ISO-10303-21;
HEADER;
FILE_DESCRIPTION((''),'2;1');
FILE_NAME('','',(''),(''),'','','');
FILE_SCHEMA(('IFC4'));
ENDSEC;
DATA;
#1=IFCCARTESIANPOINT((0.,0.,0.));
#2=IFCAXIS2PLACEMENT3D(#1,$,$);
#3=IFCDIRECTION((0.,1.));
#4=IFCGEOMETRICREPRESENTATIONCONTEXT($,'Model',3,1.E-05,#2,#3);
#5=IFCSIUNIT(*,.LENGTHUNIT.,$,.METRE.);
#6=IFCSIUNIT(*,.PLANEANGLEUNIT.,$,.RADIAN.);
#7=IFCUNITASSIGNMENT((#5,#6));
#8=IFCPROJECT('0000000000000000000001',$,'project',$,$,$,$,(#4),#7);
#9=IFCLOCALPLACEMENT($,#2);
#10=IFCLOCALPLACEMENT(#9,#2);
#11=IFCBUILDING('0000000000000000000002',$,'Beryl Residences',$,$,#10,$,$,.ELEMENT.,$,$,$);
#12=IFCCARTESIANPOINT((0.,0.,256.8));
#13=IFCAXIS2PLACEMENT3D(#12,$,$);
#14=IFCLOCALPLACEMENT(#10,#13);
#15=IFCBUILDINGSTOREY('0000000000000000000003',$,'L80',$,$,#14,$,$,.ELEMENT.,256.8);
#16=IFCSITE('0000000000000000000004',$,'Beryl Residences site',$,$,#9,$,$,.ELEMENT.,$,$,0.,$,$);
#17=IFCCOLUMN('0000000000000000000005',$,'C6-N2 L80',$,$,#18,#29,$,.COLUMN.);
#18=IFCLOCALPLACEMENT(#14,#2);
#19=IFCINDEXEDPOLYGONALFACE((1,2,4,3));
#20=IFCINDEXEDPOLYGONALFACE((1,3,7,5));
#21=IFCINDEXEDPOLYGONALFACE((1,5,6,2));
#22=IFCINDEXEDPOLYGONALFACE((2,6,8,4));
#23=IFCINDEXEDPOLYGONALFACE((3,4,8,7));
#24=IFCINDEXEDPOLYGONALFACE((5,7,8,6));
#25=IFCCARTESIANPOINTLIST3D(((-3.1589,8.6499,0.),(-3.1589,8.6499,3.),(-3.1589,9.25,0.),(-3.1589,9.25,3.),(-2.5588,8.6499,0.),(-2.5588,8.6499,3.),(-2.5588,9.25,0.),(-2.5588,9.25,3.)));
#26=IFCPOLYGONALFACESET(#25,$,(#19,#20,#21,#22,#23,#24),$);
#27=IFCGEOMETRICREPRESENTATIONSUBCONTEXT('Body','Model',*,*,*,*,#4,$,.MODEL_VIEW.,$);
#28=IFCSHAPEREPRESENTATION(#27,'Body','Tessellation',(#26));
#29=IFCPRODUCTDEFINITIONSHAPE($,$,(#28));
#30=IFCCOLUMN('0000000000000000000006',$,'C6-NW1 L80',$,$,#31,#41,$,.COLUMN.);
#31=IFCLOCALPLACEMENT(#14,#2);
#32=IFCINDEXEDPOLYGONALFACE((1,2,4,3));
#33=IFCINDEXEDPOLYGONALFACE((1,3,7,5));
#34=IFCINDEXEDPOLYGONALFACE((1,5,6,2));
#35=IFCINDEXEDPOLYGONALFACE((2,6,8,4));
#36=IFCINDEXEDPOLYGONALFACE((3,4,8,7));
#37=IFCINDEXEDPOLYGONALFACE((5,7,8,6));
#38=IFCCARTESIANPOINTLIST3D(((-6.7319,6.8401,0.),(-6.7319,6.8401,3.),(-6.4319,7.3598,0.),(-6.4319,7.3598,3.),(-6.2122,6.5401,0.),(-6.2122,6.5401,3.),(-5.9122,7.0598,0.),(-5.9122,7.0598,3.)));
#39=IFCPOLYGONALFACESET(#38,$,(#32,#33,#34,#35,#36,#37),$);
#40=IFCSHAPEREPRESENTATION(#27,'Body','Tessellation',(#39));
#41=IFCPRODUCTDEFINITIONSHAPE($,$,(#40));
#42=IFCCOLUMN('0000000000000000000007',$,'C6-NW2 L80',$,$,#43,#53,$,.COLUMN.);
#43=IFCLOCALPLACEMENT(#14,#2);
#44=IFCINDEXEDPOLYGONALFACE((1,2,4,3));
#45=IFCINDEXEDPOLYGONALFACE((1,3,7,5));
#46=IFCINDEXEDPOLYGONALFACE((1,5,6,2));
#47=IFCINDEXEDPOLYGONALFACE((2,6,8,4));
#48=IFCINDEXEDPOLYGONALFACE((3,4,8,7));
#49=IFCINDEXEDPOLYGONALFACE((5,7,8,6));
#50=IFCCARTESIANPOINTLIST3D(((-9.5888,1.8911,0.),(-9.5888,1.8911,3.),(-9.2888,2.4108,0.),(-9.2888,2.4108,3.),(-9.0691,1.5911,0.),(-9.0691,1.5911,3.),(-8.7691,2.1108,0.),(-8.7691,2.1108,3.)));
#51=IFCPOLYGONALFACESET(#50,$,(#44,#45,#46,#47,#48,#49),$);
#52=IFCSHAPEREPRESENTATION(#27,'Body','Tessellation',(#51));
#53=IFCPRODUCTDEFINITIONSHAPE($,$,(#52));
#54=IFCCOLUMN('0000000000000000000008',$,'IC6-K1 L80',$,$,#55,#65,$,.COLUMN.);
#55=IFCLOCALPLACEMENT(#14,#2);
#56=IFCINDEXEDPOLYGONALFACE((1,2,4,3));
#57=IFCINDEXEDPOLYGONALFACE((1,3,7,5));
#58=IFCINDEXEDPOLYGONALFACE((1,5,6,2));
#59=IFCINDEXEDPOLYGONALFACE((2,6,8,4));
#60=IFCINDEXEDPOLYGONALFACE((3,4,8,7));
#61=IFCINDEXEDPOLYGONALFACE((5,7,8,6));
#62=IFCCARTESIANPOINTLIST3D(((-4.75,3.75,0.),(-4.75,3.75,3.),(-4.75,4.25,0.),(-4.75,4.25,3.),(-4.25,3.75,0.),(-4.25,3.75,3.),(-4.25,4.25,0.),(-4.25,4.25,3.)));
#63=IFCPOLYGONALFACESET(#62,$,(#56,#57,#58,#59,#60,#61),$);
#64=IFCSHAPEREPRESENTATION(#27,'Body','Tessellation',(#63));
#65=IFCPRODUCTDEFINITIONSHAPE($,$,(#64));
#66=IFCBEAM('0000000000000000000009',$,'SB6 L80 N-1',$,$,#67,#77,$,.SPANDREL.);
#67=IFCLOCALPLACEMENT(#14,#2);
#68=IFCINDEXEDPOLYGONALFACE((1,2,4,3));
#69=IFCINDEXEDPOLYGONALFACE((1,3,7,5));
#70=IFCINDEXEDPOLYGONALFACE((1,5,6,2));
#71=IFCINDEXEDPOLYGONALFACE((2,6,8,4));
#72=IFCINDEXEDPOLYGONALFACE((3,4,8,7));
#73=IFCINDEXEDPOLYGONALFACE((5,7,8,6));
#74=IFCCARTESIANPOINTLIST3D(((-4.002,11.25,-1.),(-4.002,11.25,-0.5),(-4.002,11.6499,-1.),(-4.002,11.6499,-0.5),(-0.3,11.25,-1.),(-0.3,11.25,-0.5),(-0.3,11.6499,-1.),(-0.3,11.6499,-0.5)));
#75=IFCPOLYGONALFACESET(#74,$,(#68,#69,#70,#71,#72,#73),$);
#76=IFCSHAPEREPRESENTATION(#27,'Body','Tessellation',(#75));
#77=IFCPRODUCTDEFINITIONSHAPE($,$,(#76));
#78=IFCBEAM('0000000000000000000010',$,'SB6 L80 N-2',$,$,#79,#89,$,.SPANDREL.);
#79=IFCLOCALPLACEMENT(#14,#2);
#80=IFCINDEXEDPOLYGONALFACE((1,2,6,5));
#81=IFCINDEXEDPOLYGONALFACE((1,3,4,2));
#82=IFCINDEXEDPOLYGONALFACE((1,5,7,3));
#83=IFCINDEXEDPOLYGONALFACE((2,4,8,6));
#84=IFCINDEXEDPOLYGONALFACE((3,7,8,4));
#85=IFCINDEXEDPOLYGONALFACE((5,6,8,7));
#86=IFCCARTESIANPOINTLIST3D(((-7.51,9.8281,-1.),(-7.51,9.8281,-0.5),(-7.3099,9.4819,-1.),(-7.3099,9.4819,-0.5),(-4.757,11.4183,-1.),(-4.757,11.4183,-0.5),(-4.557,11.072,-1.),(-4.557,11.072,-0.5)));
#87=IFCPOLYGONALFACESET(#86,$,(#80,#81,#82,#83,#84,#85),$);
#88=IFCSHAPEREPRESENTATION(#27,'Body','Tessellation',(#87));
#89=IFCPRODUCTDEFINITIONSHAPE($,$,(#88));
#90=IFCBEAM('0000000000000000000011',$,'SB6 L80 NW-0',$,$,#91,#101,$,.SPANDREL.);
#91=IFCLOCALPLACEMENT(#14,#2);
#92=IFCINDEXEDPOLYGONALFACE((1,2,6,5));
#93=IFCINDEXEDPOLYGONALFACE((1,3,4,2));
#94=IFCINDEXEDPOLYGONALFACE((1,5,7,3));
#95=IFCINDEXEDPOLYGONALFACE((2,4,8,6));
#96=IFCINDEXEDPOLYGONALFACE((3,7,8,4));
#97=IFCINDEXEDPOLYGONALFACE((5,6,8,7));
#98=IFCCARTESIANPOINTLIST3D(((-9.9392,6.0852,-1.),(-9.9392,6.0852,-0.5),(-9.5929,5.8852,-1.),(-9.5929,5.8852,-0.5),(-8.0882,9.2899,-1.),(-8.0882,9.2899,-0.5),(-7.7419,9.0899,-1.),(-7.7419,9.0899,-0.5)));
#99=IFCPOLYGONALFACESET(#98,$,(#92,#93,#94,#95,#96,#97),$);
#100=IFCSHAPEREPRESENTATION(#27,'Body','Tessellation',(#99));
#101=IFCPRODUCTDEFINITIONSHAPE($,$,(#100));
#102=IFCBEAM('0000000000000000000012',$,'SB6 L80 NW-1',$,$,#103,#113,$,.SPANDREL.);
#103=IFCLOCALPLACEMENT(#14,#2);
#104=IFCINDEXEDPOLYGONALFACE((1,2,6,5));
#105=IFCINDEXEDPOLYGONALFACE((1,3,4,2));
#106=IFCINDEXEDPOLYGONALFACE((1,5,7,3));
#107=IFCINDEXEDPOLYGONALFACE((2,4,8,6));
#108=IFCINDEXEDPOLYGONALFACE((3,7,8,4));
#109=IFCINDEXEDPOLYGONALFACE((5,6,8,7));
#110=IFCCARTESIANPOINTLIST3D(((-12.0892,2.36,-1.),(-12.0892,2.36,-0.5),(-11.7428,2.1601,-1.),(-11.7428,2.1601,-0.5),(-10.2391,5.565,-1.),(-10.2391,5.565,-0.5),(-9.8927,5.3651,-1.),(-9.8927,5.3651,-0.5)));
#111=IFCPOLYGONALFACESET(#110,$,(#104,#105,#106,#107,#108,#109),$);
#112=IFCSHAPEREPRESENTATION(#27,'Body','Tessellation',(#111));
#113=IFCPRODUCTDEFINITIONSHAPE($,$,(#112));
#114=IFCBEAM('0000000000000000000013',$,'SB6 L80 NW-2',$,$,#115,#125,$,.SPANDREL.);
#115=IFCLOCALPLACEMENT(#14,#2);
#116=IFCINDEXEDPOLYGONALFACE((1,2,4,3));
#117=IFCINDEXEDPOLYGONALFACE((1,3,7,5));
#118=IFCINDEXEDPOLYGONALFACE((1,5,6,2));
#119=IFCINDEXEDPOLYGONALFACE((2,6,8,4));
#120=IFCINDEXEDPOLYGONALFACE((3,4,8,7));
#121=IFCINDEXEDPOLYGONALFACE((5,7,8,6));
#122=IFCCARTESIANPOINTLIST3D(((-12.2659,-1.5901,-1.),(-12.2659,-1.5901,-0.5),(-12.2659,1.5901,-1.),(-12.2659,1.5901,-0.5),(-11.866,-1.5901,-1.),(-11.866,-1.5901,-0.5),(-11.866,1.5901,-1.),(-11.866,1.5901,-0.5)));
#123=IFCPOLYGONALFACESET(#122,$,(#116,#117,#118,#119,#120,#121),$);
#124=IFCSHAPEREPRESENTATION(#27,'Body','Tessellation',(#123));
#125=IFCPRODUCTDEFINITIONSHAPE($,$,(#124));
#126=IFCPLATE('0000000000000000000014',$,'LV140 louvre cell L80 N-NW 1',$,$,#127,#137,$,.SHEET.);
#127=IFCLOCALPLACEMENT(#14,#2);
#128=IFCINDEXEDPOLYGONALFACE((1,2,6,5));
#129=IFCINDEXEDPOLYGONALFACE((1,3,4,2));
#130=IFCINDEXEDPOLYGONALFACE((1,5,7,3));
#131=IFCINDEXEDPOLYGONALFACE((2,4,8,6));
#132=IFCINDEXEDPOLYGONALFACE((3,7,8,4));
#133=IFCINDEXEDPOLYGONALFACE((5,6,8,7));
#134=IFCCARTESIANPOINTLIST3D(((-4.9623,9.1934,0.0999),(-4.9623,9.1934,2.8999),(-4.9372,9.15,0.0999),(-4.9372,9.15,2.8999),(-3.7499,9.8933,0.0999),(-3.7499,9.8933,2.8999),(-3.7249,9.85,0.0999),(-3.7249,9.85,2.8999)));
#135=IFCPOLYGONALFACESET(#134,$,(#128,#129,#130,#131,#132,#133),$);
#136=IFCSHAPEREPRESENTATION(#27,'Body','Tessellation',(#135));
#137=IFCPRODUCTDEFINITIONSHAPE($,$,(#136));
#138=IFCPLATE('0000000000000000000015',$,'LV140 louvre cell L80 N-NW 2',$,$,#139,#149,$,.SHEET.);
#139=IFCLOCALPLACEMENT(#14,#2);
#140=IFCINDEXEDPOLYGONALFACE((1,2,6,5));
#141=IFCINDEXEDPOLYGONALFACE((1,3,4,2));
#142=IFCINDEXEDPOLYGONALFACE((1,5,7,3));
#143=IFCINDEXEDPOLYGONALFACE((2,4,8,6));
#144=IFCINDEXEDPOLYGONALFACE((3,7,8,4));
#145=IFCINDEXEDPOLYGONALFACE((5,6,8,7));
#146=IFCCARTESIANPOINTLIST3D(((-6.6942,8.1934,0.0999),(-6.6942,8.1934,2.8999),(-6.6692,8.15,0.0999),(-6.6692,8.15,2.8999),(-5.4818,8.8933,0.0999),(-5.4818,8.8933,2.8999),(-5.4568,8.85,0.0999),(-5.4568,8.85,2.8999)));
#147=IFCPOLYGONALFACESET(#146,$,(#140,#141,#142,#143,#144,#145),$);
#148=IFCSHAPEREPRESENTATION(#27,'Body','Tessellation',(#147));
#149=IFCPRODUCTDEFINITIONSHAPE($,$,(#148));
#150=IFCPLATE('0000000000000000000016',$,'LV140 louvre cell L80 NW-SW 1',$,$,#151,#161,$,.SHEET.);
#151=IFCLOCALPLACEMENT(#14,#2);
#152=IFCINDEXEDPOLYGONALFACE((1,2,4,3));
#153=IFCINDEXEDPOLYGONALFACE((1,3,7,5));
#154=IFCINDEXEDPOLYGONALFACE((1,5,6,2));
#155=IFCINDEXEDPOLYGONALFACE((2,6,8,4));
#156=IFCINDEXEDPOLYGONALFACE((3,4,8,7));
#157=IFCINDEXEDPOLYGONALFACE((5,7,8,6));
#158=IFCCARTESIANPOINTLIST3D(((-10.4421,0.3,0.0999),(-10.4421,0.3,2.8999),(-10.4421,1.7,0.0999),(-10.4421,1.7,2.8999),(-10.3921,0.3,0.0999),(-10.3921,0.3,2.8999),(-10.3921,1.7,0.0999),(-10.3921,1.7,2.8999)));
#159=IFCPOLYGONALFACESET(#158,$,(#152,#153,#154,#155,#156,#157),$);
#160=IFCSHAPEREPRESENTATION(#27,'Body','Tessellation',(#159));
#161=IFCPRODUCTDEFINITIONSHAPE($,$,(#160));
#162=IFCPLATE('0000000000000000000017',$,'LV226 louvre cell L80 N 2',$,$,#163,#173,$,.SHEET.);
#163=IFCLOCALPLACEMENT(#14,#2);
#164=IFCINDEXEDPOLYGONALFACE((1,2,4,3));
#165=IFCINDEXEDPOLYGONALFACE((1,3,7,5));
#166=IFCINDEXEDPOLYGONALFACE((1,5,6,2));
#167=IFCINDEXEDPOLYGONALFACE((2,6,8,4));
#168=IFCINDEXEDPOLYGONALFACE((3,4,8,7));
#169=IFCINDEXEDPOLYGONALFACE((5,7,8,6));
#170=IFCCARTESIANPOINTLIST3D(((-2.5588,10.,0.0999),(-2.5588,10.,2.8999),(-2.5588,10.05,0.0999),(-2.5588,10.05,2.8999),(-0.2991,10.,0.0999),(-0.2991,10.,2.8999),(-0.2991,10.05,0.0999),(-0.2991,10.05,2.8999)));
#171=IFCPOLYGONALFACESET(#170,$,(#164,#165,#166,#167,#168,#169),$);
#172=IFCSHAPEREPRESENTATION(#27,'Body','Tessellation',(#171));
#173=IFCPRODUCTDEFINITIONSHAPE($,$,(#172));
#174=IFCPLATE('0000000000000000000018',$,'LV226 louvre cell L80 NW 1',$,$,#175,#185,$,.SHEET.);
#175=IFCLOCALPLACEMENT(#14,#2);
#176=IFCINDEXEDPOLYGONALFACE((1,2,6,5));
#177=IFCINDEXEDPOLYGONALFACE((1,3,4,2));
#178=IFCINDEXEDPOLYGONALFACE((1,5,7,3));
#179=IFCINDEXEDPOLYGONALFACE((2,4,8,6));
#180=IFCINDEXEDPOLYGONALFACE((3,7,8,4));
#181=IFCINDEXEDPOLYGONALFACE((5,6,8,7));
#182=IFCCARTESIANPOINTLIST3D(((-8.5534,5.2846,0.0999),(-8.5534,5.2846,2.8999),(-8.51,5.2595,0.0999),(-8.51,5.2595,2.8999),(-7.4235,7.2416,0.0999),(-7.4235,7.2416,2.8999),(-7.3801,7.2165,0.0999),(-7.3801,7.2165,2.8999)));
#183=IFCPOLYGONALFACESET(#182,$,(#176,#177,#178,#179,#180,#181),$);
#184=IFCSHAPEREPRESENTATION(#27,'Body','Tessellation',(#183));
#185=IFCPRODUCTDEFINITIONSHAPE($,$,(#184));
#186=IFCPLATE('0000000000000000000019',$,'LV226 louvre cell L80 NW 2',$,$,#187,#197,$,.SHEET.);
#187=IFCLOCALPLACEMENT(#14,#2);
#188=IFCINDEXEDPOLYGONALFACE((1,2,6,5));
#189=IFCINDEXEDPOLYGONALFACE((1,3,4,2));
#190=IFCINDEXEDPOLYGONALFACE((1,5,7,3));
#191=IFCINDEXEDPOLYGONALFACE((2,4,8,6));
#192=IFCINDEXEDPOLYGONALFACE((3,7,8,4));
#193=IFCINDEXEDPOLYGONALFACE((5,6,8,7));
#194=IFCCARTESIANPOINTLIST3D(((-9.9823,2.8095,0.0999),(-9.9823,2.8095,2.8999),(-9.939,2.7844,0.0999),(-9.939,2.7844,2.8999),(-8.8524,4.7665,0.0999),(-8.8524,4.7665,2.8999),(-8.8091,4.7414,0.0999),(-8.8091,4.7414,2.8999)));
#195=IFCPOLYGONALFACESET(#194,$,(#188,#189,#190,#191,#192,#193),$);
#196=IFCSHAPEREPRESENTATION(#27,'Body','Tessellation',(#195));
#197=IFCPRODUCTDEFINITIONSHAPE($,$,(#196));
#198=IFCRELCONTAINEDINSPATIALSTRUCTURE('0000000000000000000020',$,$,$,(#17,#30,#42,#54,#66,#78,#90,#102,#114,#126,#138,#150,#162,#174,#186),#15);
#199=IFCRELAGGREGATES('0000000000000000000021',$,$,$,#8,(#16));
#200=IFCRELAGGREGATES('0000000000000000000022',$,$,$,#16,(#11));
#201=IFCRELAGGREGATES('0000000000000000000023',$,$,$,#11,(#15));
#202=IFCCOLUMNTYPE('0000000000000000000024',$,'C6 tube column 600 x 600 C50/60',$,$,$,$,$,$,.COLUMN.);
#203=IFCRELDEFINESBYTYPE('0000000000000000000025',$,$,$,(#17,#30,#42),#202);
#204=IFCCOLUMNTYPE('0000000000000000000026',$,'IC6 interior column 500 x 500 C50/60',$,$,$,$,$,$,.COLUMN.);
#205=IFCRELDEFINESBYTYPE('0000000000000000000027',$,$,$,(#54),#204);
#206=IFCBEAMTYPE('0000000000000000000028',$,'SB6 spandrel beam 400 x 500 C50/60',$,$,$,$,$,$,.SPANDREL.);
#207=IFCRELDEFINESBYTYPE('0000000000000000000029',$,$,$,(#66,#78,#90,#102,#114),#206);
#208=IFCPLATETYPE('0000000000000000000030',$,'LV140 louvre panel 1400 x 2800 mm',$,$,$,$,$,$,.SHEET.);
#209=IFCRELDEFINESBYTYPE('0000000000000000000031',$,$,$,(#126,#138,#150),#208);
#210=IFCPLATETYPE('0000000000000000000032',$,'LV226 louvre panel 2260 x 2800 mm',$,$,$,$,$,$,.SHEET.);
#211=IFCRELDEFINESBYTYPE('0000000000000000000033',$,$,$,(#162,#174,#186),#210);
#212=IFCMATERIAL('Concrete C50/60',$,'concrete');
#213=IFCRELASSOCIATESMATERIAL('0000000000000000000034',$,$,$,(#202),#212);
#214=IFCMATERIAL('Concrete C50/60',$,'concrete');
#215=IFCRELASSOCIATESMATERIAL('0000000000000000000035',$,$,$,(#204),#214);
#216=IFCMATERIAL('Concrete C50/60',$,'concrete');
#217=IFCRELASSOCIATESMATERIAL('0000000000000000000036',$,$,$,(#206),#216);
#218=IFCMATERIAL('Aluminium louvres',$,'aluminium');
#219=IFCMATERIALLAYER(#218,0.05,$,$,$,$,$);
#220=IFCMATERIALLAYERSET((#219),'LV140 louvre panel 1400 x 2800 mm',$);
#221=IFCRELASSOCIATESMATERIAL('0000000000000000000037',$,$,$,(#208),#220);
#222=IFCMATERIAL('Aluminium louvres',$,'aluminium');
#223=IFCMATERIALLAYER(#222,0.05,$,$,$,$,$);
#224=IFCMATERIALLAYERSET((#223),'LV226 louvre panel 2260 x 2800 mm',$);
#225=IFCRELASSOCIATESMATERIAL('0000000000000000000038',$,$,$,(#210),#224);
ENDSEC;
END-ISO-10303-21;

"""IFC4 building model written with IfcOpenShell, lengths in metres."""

from ifc_helpers import new_model, si_unit, direction, frame, origin, origin_2d, place, context, subcontext, project, spatial, polyline, rectangle, outline, extrude, source, transform, mapped, material, layer, layer_set, material_profile, profile_set, type_object, type_shapes, element, save


model = new_model("IFC4")

# Units and contexts
model_context = context("Model", 3, precision=1e-05, world=origin(), true_north=direction((0.0, 1.0)))
body_context = subcontext(model_context, "Body", "Model", "MODEL_VIEW")
ifc_project = project(units=[si_unit("LENGTHUNIT", "METRE"), si_unit("PLANEANGLEUNIT", "RADIAN")], contexts=[model_context])

# Site, building, storey
site_placement = place(None, origin())
site = spatial("IfcSite", under=ifc_project, at=site_placement, Name="Beryl Residences site", CompositionType="ELEMENT", RefElevation=0.0)
building_placement = place(site_placement, origin())
building = spatial("IfcBuilding", under=site, at=building_placement, Name="Beryl Residences", CompositionType="ELEMENT")
storey_placement = place(building_placement, frame((0.0, 0.0, 256.8)))
storey = spatial("IfcBuildingStorey", under=building, at=storey_placement, Name="L80", CompositionType="ELEMENT", Elevation=256.8)

# Columns
ifc_material_1 = material(Name="Concrete C50/60", Category="concrete")
ifc_material_profile_1 = material_profile(ifc_material_1, rectangle(XDim=0.6001, YDim=0.6001, at=origin_2d()))
ifc_profile_set_1 = profile_set([ifc_material_profile_1], Name="Concrete C50/60")
column_type_1 = type_object("IfcColumnType", Name="C6 tube column 600 x 600 C50/60", PredefinedType="COLUMN", material=ifc_profile_set_1)
for number, where, z_axis, x_axis, name in (
    (1, (-2.8589, 8.95, 0.0), (0.0, 0.0, 1.0), (-1.0, 0.0, 0.0), "C6-N2 L80"),
    (2, (-6.322, 6.95, 0.0), (0.0, 0.0, 1.0), (-0.49997, -0.866043, 0.0), "C6-NW1 L80"),
    (3, (-9.179, 2.001, 0.0), (0.0, 0.0, 1.0), (-0.49997, -0.866043, 0.0), "C6-NW2 L80"),
):
    element("IfcColumn", number, at=place(storey_placement, frame(where, z_axis=z_axis, x_axis=x_axis)), inside=storey, type_object=column_type_1, Name=name, PredefinedType="COLUMN", context=body_context, shape_type="SweptSolid", body=[
        extrude(rectangle(XDim=0.6001, YDim=0.6001, at=origin_2d()), origin(), (0.0, 0.0, 1.0), 3.0),
    ])
ifc_material_2 = material(Name="Concrete C50/60", Category="concrete")
ifc_material_profile_2 = material_profile(ifc_material_2, rectangle(XDim=0.5, YDim=0.5, at=origin_2d()))
ifc_profile_set_2 = profile_set([ifc_material_profile_2], Name="Concrete C50/60")
column_type_2 = type_object("IfcColumnType", Name="IC6 interior column 500 x 500 C50/60", PredefinedType="COLUMN", material=ifc_profile_set_2)
column_placement = place(storey_placement, frame((-4.5, 4.0, 0.0), z_axis=(0.0, 0.0, 1.0), x_axis=(1.0, 0.0, 0.0)))
element("IfcColumn", 4, at=column_placement, inside=storey, type_object=column_type_2, Name="IC6-K1 L80", PredefinedType="COLUMN", context=body_context, shape_type="SweptSolid", body=[
    extrude(rectangle(XDim=0.5, YDim=0.5, at=origin_2d()), origin(), (0.0, 0.0, 1.0), 3.0),
])

# Beams
ifc_material_3 = material(Name="Concrete C50/60", Category="concrete")
ifc_material_profile_3 = material_profile(ifc_material_3, rectangle(XDim=0.3999, YDim=0.5, at=origin_2d()))
ifc_profile_set_3 = profile_set([ifc_material_profile_3], Name="Concrete C50/60")
beam_type = type_object("IfcBeamType", Name="SB6 spandrel beam 400 x 500 C50/60", PredefinedType="SPANDREL", material=ifc_profile_set_3)
beam_1_placement = place(storey_placement, frame((-0.3, 11.45, -0.75), z_axis=(-1.0, 0.0, 0.0), x_axis=(0.0, -1.0, 0.0)))
element("IfcBeam", 5, at=beam_1_placement, inside=storey, type_object=beam_type, Name="SB6 L80 N-1", PredefinedType="SPANDREL", context=body_context, shape_type="SweptSolid", body=[
    extrude(rectangle(XDim=0.3999, YDim=0.5, at=origin_2d()), origin(), (0.0, 0.0, 1.0), 3.7019),
])
beam_2_placement = place(storey_placement, frame((-4.657, 11.2451, -0.75), z_axis=(-0.865932, -0.500161, 0.0), x_axis=(0.500161, -0.865932, 0.0)))
element("IfcBeam", 6, at=beam_2_placement, inside=storey, type_object=beam_type, Name="SB6 L80 N-2", PredefinedType="SPANDREL", context=body_context, shape_type="SweptSolid", body=[
    extrude(rectangle(XDim=0.3999, YDim=0.5, at=origin_2d()), origin(), (0.0, 0.0, 1.0), 3.1792),
])
beam_3_placement = place(storey_placement, frame((-7.915, 9.1899, -0.75), z_axis=(-0.500155, -0.865936, 0.0), x_axis=(0.865936, -0.500155, 0.0)))
element("IfcBeam", 7, at=beam_3_placement, inside=storey, type_object=beam_type, Name="SB6 L80 NW-0", PredefinedType="SPANDREL", context=body_context, shape_type="SweptSolid", body=[
    extrude(rectangle(XDim=0.3999, YDim=0.5, at=origin_2d()), origin(), (0.0, 0.0, 1.0), 3.7009),
])
beam_4_placement = place(storey_placement, frame((-10.0659, 5.4651, -0.75), z_axis=(-0.499928, -0.866067, 0.0), x_axis=(0.866067, -0.499928, 0.0)))
element("IfcBeam", 8, at=beam_4_placement, inside=storey, type_object=beam_type, Name="SB6 L80 NW-1", PredefinedType="SPANDREL", context=body_context, shape_type="SweptSolid", body=[
    extrude(rectangle(XDim=0.3999, YDim=0.5, at=origin_2d()), origin(), (0.0, 0.0, 1.0), 3.7007),
])
beam_5_placement = place(storey_placement, frame((-12.0659, 1.5901, -0.75), z_axis=(0.0, -1.0, 0.0), x_axis=(1.0, 0.0, 0.0)))
element("IfcBeam", 9, at=beam_5_placement, inside=storey, type_object=beam_type, Name="SB6 L80 NW-2", PredefinedType="SPANDREL", context=body_context, shape_type="SweptSolid", body=[
    extrude(rectangle(XDim=0.3999, YDim=0.5, at=origin_2d()), origin(), (0.0, 0.0, 1.0), 3.1802),
])

# Plates
ifc_material_4 = material(Name="Aluminium louvres", Category="aluminium")
ifc_layer_1 = layer(ifc_material_4, 0.05)
ifc_layer_set_1 = layer_set([ifc_layer_1], Name="LV140 louvre panel 1400 x 2800 mm")
plate_type_1 = type_object("IfcPlateType", Name="LV140 louvre panel 1400 x 2800 mm", PredefinedType="SHEET", material=ifc_layer_set_1)
shared_shape_1 = source(origin(), body_context, "Body", "SweptSolid", [
    extrude(outline(polyline([(-0.7, 0.0), (0.7, 0.0), (0.7, 0.05), (-0.7, 0.05), (-0.7, 0.0)])), origin(), (0.0, 0.0, 1.0), 2.8),
])
type_shapes(plate_type_1, [shared_shape_1])
for number, where, z_axis, x_axis, name in (
    (10, (-4.3311, 9.5, 0.0999), (0.0, 0.0, 1.0), (0.866025, 0.5, 0.0), "LV140 louvre cell L80 N-NW 1"),
    (11, (-6.063, 8.5, 0.0999), (0.0, 0.0, 1.0), (0.866025, 0.5, 0.0), "LV140 louvre cell L80 N-NW 2"),
    (12, (-10.3921, 1.0, 0.0999), (0.0, 0.0, 1.0), (0.0, 1.0, 0.0), "LV140 louvre cell L80 NW-SW 1"),
):
    element("IfcPlate", number, at=place(storey_placement, frame(where, z_axis=z_axis, x_axis=x_axis)), inside=storey, type_object=plate_type_1, Name=name, PredefinedType="SHEET", context=body_context, shape_type="MappedRepresentation", body=[
        mapped(shared_shape_1, transform((0.0, 0.0, 0.0))),
    ])
ifc_material_5 = material(Name="Aluminium louvres", Category="aluminium")
ifc_layer_2 = layer(ifc_material_5, 0.05)
ifc_layer_set_2 = layer_set([ifc_layer_2], Name="LV226 louvre panel 2260 x 2800 mm")
plate_type_2 = type_object("IfcPlateType", Name="LV226 louvre panel 2260 x 2800 mm", PredefinedType="SHEET", material=ifc_layer_set_2)
shared_shape_2 = source(origin(), body_context, "Body", "SweptSolid", [
    extrude(outline(polyline([(-1.1299, 0.0), (1.1299, 0.0), (1.1299, 0.05), (-1.1299, 0.05), (-1.1299, 0.0)])), origin(), (0.0, 0.0, 1.0), 2.8),
])
type_shapes(plate_type_2, [shared_shape_2])
for number, where, z_axis, x_axis, name in (
    (13, (-1.429, 10.0, 0.0999), (0.0, 0.0, 1.0), (1.0, 0.0, 0.0), "LV226 louvre cell L80 N 2"),
    (14, (-7.9451, 6.238, 0.0999), (0.0, 0.0, 1.0), (0.5, 0.866025, 0.0), "LV226 louvre cell L80 NW 1"),
    (15, (-9.374, 3.7629, 0.0999), (0.0, 0.0, 1.0), (0.5, 0.866025, 0.0), "LV226 louvre cell L80 NW 2"),
):
    element("IfcPlate", number, at=place(storey_placement, frame(where, z_axis=z_axis, x_axis=x_axis)), inside=storey, type_object=plate_type_2, Name=name, PredefinedType="SHEET", context=body_context, shape_type="MappedRepresentation", body=[
        mapped(shared_shape_2, transform((0.0, 0.0, 0.0))),
    ])

save(model, "model.ifc")
